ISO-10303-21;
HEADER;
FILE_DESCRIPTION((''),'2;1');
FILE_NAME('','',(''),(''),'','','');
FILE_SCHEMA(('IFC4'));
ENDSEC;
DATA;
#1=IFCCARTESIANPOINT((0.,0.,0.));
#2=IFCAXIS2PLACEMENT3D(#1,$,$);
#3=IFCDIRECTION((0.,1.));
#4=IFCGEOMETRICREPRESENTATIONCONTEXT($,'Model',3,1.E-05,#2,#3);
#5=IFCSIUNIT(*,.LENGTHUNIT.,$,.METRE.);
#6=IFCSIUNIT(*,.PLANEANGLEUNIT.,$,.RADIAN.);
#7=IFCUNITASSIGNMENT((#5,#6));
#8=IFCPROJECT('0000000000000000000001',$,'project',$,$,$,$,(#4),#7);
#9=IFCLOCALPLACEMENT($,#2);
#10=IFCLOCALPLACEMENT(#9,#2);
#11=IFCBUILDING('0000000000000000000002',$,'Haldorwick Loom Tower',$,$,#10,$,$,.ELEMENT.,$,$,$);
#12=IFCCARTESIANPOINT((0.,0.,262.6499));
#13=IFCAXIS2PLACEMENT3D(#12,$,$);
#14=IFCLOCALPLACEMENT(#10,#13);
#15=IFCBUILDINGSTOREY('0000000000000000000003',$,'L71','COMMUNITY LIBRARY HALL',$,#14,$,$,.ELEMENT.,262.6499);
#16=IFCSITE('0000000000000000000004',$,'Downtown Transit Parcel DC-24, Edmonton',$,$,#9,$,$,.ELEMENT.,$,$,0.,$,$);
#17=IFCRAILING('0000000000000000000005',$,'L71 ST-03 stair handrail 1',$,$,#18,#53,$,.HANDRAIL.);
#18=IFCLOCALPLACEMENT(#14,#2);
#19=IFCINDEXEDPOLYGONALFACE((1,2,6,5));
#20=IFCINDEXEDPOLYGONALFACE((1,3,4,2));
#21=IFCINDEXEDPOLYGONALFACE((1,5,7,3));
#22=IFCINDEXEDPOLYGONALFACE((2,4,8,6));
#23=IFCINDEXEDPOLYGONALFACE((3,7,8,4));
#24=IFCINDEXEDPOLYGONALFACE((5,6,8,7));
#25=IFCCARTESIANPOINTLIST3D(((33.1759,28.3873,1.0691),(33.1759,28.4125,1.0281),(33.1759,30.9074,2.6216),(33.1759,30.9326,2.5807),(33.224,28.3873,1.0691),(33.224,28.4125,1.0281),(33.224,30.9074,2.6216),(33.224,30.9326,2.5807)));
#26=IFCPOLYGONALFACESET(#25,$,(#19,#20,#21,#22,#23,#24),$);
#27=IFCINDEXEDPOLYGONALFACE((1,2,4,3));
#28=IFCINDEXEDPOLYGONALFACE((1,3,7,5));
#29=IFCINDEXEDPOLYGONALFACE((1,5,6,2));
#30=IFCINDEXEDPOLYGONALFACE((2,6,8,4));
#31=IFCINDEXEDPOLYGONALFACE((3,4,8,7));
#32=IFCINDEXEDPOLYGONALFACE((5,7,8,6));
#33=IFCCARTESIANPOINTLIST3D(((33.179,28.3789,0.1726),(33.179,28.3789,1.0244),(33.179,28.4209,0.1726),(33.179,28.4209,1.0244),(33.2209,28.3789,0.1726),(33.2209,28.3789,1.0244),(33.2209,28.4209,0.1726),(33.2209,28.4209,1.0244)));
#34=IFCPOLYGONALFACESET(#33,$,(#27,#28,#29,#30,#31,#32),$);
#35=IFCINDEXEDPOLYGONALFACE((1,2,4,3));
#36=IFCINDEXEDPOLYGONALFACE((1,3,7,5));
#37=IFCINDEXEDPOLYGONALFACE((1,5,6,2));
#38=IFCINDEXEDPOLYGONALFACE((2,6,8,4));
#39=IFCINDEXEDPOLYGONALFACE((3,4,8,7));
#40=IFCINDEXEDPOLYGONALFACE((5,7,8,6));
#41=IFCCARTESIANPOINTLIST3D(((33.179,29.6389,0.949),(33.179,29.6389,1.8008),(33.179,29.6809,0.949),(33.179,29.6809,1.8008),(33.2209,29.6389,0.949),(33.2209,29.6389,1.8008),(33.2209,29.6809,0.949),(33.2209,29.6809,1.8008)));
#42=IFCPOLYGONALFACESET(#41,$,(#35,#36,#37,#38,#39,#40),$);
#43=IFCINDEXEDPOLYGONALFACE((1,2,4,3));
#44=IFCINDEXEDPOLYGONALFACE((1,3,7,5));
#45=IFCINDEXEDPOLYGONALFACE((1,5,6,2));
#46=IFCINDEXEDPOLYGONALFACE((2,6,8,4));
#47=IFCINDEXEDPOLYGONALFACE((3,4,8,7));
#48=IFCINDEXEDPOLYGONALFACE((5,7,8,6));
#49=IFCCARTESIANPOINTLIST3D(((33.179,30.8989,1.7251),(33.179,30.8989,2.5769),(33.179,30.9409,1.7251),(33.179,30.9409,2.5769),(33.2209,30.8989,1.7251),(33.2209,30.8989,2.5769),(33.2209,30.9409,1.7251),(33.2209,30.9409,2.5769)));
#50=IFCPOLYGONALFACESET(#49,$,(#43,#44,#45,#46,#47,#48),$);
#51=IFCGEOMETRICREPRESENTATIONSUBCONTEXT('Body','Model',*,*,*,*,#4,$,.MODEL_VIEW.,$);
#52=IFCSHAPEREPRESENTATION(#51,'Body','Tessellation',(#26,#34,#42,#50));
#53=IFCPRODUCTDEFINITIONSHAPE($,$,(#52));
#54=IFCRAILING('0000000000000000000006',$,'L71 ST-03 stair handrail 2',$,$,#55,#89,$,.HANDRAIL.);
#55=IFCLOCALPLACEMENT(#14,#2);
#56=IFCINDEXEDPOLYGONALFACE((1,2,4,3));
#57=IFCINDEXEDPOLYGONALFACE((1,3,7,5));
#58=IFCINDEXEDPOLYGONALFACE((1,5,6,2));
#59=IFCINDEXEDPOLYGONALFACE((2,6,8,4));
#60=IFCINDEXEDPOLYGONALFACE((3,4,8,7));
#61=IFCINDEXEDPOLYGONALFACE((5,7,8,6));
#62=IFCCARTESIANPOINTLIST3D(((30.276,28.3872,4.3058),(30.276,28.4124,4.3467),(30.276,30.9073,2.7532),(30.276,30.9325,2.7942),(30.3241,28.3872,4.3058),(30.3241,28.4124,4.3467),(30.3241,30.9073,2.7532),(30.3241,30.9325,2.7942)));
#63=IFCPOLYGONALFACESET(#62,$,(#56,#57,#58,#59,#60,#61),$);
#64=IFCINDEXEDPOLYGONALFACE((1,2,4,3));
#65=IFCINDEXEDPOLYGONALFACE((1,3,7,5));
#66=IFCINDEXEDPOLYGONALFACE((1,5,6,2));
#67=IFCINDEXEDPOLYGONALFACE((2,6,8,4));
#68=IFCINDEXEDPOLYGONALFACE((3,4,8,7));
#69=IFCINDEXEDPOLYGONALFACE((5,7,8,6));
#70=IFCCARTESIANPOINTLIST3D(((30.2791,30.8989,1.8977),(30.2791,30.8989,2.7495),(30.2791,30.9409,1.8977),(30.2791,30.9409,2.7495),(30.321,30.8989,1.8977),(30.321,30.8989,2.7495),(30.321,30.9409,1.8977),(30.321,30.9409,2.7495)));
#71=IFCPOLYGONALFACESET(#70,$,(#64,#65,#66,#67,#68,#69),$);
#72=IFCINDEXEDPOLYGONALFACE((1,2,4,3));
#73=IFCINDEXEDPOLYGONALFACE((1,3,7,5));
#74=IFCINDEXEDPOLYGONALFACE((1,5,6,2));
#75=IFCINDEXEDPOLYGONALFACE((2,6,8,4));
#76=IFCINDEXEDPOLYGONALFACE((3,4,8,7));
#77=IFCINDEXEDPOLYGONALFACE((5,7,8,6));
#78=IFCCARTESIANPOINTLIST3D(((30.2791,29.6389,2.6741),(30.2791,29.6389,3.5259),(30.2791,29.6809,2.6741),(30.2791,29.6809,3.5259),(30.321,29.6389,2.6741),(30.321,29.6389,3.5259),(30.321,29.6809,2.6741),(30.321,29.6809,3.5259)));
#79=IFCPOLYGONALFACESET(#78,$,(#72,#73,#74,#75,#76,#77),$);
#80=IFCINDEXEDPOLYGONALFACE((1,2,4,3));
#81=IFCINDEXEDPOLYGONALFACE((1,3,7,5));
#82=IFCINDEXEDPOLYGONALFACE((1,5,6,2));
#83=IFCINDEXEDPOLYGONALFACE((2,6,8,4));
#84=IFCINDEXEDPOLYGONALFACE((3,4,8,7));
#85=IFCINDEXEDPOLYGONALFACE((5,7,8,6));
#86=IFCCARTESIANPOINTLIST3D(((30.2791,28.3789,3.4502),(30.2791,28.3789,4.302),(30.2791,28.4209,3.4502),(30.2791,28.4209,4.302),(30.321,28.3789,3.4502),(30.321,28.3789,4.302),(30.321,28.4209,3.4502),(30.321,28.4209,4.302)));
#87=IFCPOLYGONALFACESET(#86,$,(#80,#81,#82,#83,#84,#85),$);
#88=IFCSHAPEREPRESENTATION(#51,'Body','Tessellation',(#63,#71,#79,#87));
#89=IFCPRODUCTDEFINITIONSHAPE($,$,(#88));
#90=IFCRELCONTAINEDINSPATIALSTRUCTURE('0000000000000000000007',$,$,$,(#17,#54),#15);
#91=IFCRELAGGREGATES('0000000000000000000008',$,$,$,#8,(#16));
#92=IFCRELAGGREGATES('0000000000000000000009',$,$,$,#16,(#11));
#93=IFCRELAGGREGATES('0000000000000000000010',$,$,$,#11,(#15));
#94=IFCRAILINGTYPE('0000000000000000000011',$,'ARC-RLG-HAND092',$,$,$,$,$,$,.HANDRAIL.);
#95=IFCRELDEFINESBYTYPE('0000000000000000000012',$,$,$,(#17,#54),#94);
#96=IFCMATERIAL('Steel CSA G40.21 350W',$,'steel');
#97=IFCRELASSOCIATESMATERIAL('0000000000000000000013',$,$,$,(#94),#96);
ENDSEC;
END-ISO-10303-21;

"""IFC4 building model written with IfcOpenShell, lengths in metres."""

from ifc_helpers import new_model, si_unit, direction, frame, origin, origin_2d, place, context, subcontext, project, spatial, rectangle, extrude, material, type_object, element, save


model = new_model("IFC4")

# Units and contexts
model_context = context("Model", 3, precision=1e-05, world=origin(), true_north=direction((0.0, 1.0)))
body_context = subcontext(model_context, "Body", "Model", "MODEL_VIEW")
ifc_project = project(units=[si_unit("LENGTHUNIT", "METRE"), si_unit("PLANEANGLEUNIT", "RADIAN")], contexts=[model_context])

# Site, building, storey
site_placement = place(None, origin())
site = spatial("IfcSite", under=ifc_project, at=site_placement, Name="Downtown Transit Parcel DC-24, Edmonton", CompositionType="ELEMENT", RefElevation=0.0)
building_placement = place(site_placement, origin())
building = spatial("IfcBuilding", under=site, at=building_placement, Name="Haldorwick Loom Tower", CompositionType="ELEMENT")
storey_placement = place(building_placement, frame((0.0, 0.0, 262.6499)))
storey = spatial("IfcBuildingStorey", under=building, at=storey_placement, Name="L71", Description="COMMUNITY LIBRARY HALL", CompositionType="ELEMENT", Elevation=262.6499)

# Shared definitions
ifc_material_1 = material(Name="Steel CSA G40.21 350W", Category="steel")

# Railings
railing_type_1 = type_object("IfcRailingType", Name="ARC-RLG-HAND092", PredefinedType="HANDRAIL", material=ifc_material_1)
railing_1_placement = place(storey_placement, frame((33.2, 28.3999, 0.1726)))
element("IfcRailing", 1, at=railing_1_placement, inside=storey, type_object=railing_type_1, Name="L71 ST-03 stair handrail 1", PredefinedType="HANDRAIL", context=body_context, shape_type="SweptSolid", body=[
    extrude(rectangle(XDim=0.0481, YDim=0.0481, at=origin_2d()), frame((0.0, 0.0, 0.876), z_axis=(0.0, 0.8514, 0.524516), x_axis=(-1.0, 0.0, 0.0)), (0.0, 0.0, 1.0), 2.96),
    extrude(rectangle(XDim=0.042, YDim=0.042, at=origin_2d()), origin(), (0.0, 0.0, 1.0), 0.8518),
    extrude(rectangle(XDim=0.042, YDim=0.042, at=origin_2d()), frame((0.0, 1.26, 0.7764)), (0.0, 0.0, 1.0), 0.8518),
    extrude(rectangle(XDim=0.042, YDim=0.042, at=origin_2d()), frame((0.0, 2.52, 1.5525)), (0.0, 0.0, 1.0), 0.8518),
])
railing_2_placement = place(storey_placement, frame((30.3, 30.9199, 1.8977)))
element("IfcRailing", 2, at=railing_2_placement, inside=storey, type_object=railing_type_1, Name="L71 ST-03 stair handrail 2", PredefinedType="HANDRAIL", context=body_context, shape_type="SweptSolid", body=[
    extrude(rectangle(XDim=0.0481, YDim=0.0481, at=origin_2d()), frame((0.0, 0.0, 0.876), z_axis=(0.0, -0.8514, 0.524516), x_axis=(1.0, 0.0, 0.0)), (0.0, 0.0, 1.0), 2.96),
    extrude(rectangle(XDim=0.042, YDim=0.042, at=origin_2d()), origin(), (0.0, 0.0, 1.0), 0.8518),
    extrude(rectangle(XDim=0.042, YDim=0.042, at=origin_2d()), frame((0.0, -1.26, 0.7764)), (0.0, 0.0, 1.0), 0.8518),
    extrude(rectangle(XDim=0.042, YDim=0.042, at=origin_2d()), frame((0.0, -2.52, 1.5525)), (0.0, 0.0, 1.0), 0.8518),
])

save(model, "model.ifc")
